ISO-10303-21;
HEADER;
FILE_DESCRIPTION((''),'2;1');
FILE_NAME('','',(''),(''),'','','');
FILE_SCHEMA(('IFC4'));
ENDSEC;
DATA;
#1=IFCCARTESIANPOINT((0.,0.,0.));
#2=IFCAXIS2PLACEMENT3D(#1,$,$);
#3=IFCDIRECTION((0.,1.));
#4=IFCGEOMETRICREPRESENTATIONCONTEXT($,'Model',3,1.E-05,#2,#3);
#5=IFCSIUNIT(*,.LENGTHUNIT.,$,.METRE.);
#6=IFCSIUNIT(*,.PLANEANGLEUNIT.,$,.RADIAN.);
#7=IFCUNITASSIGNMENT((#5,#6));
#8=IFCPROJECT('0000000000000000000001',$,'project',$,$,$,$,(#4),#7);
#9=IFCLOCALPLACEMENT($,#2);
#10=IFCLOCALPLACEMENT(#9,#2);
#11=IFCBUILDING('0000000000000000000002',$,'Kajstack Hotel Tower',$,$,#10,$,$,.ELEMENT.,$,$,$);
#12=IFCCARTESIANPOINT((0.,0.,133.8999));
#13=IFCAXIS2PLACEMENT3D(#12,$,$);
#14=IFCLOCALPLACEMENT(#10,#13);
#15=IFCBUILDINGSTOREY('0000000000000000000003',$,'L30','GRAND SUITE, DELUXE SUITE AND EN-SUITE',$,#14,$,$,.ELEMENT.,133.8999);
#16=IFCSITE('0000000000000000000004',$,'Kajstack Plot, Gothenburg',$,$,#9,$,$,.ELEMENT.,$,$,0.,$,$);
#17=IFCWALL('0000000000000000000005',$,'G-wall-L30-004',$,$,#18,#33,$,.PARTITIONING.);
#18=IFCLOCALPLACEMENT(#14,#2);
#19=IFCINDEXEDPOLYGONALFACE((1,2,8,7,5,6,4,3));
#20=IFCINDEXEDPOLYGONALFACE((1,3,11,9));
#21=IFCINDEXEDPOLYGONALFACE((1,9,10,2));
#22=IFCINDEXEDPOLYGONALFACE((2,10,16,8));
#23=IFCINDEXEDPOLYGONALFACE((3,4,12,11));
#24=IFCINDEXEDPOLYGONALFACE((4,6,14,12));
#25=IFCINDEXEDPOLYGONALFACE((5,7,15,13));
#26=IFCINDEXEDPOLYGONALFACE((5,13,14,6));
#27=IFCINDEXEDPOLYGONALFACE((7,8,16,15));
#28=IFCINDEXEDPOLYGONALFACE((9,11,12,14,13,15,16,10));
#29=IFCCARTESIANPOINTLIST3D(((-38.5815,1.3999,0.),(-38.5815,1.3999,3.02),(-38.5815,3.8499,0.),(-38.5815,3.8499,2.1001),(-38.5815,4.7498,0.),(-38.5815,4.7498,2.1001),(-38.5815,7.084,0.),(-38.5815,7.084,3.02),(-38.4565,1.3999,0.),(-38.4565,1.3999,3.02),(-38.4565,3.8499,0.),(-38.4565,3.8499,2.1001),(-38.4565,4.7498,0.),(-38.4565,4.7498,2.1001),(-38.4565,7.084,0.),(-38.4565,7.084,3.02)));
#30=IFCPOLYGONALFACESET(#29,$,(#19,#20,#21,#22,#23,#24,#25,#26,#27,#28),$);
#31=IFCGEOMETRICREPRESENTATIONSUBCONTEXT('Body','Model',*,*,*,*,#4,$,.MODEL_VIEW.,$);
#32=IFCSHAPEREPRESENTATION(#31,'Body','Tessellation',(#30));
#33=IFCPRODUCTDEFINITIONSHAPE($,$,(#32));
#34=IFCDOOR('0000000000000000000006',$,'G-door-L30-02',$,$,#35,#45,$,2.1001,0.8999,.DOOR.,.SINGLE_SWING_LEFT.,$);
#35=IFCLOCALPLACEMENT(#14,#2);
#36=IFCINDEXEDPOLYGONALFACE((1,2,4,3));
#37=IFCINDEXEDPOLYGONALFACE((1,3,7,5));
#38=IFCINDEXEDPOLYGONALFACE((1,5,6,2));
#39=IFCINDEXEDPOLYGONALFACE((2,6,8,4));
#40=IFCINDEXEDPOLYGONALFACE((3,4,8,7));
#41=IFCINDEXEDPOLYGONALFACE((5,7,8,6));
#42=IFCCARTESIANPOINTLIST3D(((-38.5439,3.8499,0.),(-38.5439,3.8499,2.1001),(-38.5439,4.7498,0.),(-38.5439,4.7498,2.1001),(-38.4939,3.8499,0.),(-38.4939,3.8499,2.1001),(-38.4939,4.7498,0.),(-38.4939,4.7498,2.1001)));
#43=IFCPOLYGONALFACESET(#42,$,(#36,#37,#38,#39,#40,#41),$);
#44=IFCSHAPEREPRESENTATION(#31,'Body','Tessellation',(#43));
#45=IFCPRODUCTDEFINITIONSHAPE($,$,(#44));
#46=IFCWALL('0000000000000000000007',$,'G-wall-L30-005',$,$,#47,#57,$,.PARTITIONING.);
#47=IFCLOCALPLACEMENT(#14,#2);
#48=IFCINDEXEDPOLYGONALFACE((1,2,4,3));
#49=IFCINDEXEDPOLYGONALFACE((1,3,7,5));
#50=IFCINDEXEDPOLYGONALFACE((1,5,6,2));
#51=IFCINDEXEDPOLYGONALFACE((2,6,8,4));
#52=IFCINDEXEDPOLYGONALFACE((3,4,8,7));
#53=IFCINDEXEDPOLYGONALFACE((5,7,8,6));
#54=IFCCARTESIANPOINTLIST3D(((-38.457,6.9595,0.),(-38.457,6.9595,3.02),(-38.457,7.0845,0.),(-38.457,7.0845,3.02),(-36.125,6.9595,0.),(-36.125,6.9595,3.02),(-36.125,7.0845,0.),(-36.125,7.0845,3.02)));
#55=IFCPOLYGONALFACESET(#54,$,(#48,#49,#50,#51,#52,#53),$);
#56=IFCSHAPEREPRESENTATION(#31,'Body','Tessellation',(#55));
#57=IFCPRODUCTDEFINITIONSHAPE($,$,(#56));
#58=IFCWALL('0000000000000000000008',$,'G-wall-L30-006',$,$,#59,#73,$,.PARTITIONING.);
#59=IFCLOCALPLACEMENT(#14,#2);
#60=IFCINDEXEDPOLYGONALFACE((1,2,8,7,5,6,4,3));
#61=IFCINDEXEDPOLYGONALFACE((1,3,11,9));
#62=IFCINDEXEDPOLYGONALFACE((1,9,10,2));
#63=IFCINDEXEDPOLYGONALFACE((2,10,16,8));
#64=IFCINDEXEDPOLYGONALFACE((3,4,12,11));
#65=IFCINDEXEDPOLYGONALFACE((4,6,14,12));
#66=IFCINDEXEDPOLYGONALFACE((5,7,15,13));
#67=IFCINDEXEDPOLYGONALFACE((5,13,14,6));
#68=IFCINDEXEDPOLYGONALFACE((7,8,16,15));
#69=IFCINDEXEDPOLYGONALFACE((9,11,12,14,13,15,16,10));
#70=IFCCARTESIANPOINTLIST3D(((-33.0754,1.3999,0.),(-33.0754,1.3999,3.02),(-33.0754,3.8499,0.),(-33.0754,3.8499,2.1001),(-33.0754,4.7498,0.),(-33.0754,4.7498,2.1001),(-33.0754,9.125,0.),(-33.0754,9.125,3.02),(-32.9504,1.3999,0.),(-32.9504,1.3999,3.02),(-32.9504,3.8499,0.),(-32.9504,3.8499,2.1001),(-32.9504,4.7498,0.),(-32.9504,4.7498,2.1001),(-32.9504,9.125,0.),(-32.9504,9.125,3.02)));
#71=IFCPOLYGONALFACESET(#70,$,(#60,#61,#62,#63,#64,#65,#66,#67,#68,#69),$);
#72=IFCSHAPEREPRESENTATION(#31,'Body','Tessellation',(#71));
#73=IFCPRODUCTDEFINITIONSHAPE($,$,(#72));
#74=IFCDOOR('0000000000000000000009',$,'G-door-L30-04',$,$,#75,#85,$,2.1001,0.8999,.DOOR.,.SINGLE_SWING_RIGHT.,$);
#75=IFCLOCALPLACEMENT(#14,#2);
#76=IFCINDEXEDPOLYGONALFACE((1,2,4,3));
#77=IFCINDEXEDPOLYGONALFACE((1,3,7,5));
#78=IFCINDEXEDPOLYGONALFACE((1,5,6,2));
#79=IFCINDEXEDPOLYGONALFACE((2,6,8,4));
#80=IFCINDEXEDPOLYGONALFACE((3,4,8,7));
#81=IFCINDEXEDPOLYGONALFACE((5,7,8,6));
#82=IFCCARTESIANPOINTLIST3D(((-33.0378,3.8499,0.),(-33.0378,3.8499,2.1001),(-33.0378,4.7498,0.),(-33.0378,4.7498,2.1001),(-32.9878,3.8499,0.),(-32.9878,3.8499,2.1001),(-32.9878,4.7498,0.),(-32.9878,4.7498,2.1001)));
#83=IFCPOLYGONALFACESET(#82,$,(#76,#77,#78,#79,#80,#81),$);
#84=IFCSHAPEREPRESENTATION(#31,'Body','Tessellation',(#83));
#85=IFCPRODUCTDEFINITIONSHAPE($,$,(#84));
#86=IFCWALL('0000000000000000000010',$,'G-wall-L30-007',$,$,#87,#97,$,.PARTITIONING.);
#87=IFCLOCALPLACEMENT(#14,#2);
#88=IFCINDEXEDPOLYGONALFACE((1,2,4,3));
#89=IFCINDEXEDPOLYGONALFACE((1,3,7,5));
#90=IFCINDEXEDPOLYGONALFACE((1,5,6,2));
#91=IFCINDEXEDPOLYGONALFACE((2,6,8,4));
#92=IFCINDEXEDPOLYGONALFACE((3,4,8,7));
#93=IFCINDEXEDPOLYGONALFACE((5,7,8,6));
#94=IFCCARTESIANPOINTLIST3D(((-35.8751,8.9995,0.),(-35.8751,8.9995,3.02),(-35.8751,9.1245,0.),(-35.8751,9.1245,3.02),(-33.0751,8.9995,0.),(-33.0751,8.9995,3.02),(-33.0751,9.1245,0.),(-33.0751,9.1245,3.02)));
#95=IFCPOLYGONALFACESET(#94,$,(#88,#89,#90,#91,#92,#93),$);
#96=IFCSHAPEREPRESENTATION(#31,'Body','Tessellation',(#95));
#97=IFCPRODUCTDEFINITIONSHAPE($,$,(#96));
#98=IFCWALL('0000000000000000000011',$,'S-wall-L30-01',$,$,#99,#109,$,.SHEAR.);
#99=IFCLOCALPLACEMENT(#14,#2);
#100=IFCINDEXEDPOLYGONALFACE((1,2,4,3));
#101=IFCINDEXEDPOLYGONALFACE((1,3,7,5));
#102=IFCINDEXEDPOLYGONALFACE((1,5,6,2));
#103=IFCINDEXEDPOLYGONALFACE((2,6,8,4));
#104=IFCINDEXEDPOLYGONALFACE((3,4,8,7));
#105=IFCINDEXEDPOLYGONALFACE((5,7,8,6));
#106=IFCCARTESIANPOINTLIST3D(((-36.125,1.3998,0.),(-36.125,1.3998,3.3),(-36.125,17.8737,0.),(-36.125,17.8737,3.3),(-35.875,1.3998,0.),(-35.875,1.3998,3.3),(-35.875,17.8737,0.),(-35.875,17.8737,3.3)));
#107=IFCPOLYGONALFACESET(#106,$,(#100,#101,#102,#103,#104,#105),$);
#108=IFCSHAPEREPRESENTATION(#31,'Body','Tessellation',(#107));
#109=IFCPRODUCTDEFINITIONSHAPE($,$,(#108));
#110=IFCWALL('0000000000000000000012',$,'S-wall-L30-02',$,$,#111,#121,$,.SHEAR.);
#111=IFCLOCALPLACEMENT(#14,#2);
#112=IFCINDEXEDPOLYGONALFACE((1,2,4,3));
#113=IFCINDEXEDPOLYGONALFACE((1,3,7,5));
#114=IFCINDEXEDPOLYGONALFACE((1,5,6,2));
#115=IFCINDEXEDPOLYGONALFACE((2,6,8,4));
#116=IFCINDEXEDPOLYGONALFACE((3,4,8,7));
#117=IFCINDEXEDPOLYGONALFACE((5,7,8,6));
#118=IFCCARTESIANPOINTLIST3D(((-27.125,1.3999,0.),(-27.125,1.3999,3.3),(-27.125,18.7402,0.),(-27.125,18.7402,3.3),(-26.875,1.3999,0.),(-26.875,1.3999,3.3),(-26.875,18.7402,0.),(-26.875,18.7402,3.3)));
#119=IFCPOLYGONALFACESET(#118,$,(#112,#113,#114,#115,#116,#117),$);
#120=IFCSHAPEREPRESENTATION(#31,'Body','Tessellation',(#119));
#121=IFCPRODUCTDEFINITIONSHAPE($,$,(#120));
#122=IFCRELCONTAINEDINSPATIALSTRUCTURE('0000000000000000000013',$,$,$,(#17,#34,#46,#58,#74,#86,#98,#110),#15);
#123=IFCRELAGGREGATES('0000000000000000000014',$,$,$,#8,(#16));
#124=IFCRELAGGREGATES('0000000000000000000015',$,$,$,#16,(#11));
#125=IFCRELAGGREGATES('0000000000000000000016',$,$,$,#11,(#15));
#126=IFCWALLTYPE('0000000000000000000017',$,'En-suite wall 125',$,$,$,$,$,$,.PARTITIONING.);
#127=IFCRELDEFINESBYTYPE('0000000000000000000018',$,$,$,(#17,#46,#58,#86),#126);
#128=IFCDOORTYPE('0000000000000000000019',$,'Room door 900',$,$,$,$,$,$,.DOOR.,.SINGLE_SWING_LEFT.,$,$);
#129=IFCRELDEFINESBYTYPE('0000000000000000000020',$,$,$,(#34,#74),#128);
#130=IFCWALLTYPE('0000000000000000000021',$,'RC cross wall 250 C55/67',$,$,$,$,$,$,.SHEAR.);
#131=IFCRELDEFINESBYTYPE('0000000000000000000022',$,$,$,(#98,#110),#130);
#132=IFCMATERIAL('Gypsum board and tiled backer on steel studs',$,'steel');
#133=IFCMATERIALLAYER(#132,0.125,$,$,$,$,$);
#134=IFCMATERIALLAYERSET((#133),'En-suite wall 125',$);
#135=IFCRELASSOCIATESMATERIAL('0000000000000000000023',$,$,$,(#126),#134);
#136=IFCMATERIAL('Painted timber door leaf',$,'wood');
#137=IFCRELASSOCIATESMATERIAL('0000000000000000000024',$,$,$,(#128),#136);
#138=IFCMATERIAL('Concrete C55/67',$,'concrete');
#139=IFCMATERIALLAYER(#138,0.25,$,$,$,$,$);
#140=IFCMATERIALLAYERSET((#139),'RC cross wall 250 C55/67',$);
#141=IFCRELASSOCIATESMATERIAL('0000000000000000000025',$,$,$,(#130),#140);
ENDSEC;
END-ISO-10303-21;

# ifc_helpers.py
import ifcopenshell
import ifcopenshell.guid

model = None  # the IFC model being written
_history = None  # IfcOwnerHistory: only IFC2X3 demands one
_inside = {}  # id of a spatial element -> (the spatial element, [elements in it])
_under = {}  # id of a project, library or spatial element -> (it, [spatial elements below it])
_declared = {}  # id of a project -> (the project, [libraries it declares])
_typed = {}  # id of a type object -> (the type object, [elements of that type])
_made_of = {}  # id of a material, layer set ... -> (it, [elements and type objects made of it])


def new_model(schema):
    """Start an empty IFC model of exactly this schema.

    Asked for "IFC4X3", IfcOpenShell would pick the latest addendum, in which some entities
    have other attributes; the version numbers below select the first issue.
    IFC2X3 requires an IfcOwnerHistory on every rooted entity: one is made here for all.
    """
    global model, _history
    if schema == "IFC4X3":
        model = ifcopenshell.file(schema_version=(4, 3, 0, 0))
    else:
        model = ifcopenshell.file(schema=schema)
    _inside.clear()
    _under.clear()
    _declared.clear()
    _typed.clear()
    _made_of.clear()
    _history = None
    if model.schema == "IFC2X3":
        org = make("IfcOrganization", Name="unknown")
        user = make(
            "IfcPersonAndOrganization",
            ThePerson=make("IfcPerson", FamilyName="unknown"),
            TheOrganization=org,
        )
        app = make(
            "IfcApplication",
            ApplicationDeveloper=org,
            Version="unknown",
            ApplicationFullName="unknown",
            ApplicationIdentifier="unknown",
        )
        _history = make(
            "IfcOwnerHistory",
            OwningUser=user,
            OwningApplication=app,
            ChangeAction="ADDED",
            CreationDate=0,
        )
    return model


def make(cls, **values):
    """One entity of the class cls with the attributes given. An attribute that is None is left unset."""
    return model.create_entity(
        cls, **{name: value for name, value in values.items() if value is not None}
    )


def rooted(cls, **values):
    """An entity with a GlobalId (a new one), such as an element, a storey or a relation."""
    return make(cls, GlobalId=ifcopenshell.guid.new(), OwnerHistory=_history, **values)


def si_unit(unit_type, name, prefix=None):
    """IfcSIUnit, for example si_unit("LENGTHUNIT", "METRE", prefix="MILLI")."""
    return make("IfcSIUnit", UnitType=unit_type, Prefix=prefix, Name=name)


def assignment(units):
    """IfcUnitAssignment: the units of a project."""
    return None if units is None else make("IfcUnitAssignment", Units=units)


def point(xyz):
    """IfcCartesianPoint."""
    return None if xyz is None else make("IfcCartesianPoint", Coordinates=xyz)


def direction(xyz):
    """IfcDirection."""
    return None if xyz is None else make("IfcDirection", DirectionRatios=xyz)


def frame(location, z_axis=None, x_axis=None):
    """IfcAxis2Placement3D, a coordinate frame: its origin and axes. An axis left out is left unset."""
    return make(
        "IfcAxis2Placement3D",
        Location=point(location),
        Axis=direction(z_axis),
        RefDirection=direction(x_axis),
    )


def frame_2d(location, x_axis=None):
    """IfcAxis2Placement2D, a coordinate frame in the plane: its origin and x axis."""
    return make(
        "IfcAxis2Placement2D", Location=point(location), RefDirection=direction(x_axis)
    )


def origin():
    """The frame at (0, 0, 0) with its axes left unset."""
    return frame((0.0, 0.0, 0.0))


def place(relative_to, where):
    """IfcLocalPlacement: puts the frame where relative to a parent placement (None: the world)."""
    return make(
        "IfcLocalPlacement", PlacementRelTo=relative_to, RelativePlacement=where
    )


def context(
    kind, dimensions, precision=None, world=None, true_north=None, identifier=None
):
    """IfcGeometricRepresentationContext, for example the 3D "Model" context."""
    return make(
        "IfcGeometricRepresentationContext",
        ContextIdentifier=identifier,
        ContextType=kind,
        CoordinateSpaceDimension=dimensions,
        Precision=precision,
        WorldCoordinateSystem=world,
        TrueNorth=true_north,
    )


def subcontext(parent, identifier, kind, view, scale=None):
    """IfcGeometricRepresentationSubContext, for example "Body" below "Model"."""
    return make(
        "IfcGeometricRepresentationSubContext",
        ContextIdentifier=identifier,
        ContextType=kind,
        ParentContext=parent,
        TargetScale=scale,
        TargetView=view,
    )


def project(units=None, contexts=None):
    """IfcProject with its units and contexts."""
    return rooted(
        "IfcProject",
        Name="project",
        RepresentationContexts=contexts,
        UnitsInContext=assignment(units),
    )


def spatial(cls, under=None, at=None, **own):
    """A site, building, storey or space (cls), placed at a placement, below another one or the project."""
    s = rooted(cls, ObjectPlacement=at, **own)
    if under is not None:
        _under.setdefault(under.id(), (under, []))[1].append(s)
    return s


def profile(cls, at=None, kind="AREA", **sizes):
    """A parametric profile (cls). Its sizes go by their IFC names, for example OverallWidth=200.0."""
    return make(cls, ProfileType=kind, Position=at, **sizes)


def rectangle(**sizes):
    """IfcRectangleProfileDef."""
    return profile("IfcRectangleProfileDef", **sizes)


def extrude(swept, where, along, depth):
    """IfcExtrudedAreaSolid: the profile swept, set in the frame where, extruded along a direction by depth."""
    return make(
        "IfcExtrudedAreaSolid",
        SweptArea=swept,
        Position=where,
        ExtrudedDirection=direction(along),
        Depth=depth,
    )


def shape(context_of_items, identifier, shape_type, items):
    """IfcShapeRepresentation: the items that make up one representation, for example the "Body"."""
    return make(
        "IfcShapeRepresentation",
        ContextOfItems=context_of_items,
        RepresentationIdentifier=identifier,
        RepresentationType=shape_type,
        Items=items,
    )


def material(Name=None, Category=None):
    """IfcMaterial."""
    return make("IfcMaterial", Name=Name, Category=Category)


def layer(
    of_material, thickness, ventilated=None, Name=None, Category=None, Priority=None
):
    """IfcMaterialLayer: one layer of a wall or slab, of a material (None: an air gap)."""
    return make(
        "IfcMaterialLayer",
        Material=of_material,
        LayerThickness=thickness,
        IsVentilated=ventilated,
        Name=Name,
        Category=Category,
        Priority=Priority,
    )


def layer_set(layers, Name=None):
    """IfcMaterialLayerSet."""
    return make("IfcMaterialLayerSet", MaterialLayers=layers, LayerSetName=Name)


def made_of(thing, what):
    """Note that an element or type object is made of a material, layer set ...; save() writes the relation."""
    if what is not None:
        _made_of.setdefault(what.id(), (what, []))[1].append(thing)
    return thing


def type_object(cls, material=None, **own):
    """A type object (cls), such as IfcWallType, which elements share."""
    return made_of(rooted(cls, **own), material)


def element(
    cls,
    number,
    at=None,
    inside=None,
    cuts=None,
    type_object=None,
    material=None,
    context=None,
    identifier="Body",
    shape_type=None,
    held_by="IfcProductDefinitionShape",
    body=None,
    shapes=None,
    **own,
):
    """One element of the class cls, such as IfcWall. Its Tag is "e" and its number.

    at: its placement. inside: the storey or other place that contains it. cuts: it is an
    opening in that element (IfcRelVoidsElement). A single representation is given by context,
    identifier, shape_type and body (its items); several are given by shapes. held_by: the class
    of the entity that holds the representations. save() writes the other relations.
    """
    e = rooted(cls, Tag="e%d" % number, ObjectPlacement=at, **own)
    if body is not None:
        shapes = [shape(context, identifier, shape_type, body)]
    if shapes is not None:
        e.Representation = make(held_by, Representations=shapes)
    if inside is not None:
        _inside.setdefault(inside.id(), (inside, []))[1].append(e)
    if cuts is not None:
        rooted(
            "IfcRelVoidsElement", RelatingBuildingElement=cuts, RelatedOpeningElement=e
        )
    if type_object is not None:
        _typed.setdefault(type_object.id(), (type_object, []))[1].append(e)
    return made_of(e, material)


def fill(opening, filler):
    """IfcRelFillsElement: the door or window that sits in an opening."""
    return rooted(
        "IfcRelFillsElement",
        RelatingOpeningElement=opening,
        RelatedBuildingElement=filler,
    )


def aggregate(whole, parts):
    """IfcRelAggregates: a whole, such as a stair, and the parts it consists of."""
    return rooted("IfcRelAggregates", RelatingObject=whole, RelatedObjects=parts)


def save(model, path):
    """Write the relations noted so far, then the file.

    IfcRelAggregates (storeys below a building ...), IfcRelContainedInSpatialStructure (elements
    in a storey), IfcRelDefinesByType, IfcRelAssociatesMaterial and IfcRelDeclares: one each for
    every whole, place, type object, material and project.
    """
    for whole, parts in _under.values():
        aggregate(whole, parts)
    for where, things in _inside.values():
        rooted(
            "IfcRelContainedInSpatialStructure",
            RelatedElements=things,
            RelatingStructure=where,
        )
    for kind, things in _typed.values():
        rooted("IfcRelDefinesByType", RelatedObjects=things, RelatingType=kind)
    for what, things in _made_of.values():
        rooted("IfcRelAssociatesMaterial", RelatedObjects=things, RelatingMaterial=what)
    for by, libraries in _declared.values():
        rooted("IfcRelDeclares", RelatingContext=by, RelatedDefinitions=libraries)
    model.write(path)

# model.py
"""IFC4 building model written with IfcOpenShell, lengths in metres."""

from ifc_helpers import new_model, si_unit, direction, frame, frame_2d, origin, place, context, subcontext, project, spatial, rectangle, extrude, material, layer, layer_set, type_object, element, fill, save


model = new_model("IFC4")

# Units and contexts
model_context = context("Model", 3, precision=1e-05, world=origin(), true_north=direction((0.0, 1.0)))
body_context = subcontext(model_context, "Body", "Model", "MODEL_VIEW")
ifc_project = project(units=[si_unit("LENGTHUNIT", "METRE"), si_unit("PLANEANGLEUNIT", "RADIAN")], contexts=[model_context])

# Site, building, storey
site_placement = place(None, origin())
site = spatial("IfcSite", under=ifc_project, at=site_placement, Name="Kajstack Plot, Gothenburg", CompositionType="ELEMENT", RefElevation=0.0)
building_placement = place(site_placement, origin())
building = spatial("IfcBuilding", under=site, at=building_placement, Name="Kajstack Hotel Tower", CompositionType="ELEMENT")
storey_placement = place(building_placement, frame((0.0, 0.0, 133.8999)))
storey = spatial("IfcBuildingStorey", under=building, at=storey_placement, Name="L30", Description="GRAND SUITE, DELUXE SUITE AND EN-SUITE", CompositionType="ELEMENT", Elevation=133.8999)

# Wall, opening, door
ifc_material_1 = material(Name="Gypsum board and tiled backer on steel studs", Category="steel")
ifc_layer_1 = layer(ifc_material_1, 0.125)
ifc_layer_set_1 = layer_set([ifc_layer_1], Name="En-suite wall 125")
wall_type_1 = type_object("IfcWallType", Name="En-suite wall 125", PredefinedType="PARTITIONING", material=ifc_layer_set_1)
wall_1_placement = place(storey_placement, frame((-38.519, 1.3999, 0.0), z_axis=(0.0, 0.0, 1.0), x_axis=(0.0, 1.0, 0.0)))
wall_1 = element("IfcWall", 1, at=wall_1_placement, inside=storey, type_object=wall_type_1, Name="G-wall-L30-004", PredefinedType="PARTITIONING", context=body_context, shape_type="SweptSolid", body=[
    extrude(rectangle(XDim=5.6841, YDim=0.125, at=frame_2d((2.842, 0.0))), origin(), (0.0, 0.0, 1.0), 3.02),
])
opening_1_placement = place(wall_1_placement, frame((2.45, 0.0, 0.0)))
opening_1 = element("IfcOpeningElement", 2, at=opening_1_placement, cuts=wall_1, PredefinedType="OPENING", context=body_context, shape_type="SweptSolid", body=[
    extrude(rectangle(XDim=0.8999, YDim=2.1001, at=frame_2d((0.45, 1.05))), frame((0.0, 0.0725, 0.0), z_axis=(0.0, -1.0, 0.0), x_axis=(1.0, 0.0, 0.0)), (0.0, 0.0, 1.0), 0.145),
])
ifc_material_2 = material(Name="Painted timber door leaf", Category="wood")
door_type = type_object("IfcDoorType", Name="Room door 900", OperationType="SINGLE_SWING_LEFT", PredefinedType="DOOR", material=ifc_material_2)
door_1_placement = place(opening_1_placement, origin())
door_1 = element("IfcDoor", 3, at=door_1_placement, inside=storey, type_object=door_type, Name="G-door-L30-02", OperationType="SINGLE_SWING_LEFT", OverallHeight=2.1001, OverallWidth=0.8999, PredefinedType="DOOR", context=body_context, shape_type="SweptSolid", body=[
    extrude(rectangle(XDim=0.8999, YDim=2.1001, at=frame_2d((0.45, 1.05))), frame((0.0, 0.0249, 0.0), z_axis=(0.0, -1.0, 0.0), x_axis=(1.0, 0.0, 0.0)), (0.0, 0.0, 1.0), 0.05),
])
fill(opening_1, door_1)

# Wall
wall_2_placement = place(storey_placement, frame((-38.457, 7.022, 0.0), z_axis=(0.0, 0.0, 1.0), x_axis=(1.0, 0.0, 0.0)))
element("IfcWall", 4, at=wall_2_placement, inside=storey, type_object=wall_type_1, Name="G-wall-L30-005", PredefinedType="PARTITIONING", context=body_context, shape_type="SweptSolid", body=[
    extrude(rectangle(XDim=2.332, YDim=0.125, at=frame_2d((1.166, 0.0))), origin(), (0.0, 0.0, 1.0), 3.02),
])

# Wall, opening, door
wall_3_placement = place(storey_placement, frame((-33.0129, 1.3999, 0.0), z_axis=(0.0, 0.0, 1.0), x_axis=(0.0, 1.0, 0.0)))
wall_3 = element("IfcWall", 5, at=wall_3_placement, inside=storey, type_object=wall_type_1, Name="G-wall-L30-006", PredefinedType="PARTITIONING", context=body_context, shape_type="SweptSolid", body=[
    extrude(rectangle(XDim=7.7251, YDim=0.125, at=frame_2d((3.8625, 0.0))), origin(), (0.0, 0.0, 1.0), 3.02),
])
opening_2_placement = place(wall_3_placement, frame((2.45, 0.0, 0.0)))
opening_2 = element("IfcOpeningElement", 6, at=opening_2_placement, cuts=wall_3, PredefinedType="OPENING", context=body_context, shape_type="SweptSolid", body=[
    extrude(rectangle(XDim=0.8999, YDim=2.1001, at=frame_2d((0.45, 1.05))), frame((0.0, 0.0725, 0.0), z_axis=(0.0, -1.0, 0.0), x_axis=(1.0, 0.0, 0.0)), (0.0, 0.0, 1.0), 0.145),
])
door_2_placement = place(opening_2_placement, origin())
door_2 = element("IfcDoor", 7, at=door_2_placement, inside=storey, type_object=door_type, Name="G-door-L30-04", OperationType="SINGLE_SWING_RIGHT", OverallHeight=2.1001, OverallWidth=0.8999, PredefinedType="DOOR", context=body_context, shape_type="SweptSolid", body=[
    extrude(rectangle(XDim=0.8999, YDim=2.1001, at=frame_2d((0.45, 1.05))), frame((0.0, 0.0249, 0.0), z_axis=(0.0, -1.0, 0.0), x_axis=(1.0, 0.0, 0.0)), (0.0, 0.0, 1.0), 0.05),
])
fill(opening_2, door_2)

# Walls
wall_4_placement = place(storey_placement, frame((-35.875, 9.062, 0.0), z_axis=(0.0, 0.0, 1.0), x_axis=(1.0, 0.0, 0.0)))
element("IfcWall", 8, at=wall_4_placement, inside=storey, type_object=wall_type_1, Name="G-wall-L30-007", PredefinedType="PARTITIONING", context=body_context, shape_type="SweptSolid", body=[
    extrude(rectangle(XDim=2.8, YDim=0.125, at=frame_2d((1.3999, 0.0))), origin(), (0.0, 0.0, 1.0), 3.02),
])
ifc_material_3 = material(Name="Concrete C55/67", Category="concrete")
ifc_layer_2 = layer(ifc_material_3, 0.25)
ifc_layer_set_2 = layer_set([ifc_layer_2], Name="RC cross wall 250 C55/67")
wall_type_2 = type_object("IfcWallType", Name="RC cross wall 250 C55/67", PredefinedType="SHEAR", material=ifc_layer_set_2)
wall_5_placement = place(storey_placement, frame((-36.0, 1.3999, 0.0), z_axis=(0.0, 0.0, 1.0), x_axis=(0.0, 1.0, 0.0)))
element("IfcWall", 9, at=wall_5_placement, inside=storey, type_object=wall_type_2, Name="S-wall-L30-01", PredefinedType="SHEAR", context=body_context, shape_type="SweptSolid", body=[
    extrude(rectangle(XDim=16.4739, YDim=0.25, at=frame_2d((8.2368, 0.0))), origin(), (0.0, 0.0, 1.0), 3.3),
])
wall_6_placement = place(storey_placement, frame((-27.0, 1.3999, 0.0), z_axis=(0.0, 0.0, 1.0), x_axis=(0.0, 1.0, 0.0)))
element("IfcWall", 10, at=wall_6_placement, inside=storey, type_object=wall_type_2, Name="S-wall-L30-02", PredefinedType="SHEAR", context=body_context, shape_type="SweptSolid", body=[
    extrude(rectangle(XDim=17.3403, YDim=0.25, at=frame_2d((8.6702, 0.0))), origin(), (0.0, 0.0, 1.0), 3.3),
])

save(model, "model.ifc")
